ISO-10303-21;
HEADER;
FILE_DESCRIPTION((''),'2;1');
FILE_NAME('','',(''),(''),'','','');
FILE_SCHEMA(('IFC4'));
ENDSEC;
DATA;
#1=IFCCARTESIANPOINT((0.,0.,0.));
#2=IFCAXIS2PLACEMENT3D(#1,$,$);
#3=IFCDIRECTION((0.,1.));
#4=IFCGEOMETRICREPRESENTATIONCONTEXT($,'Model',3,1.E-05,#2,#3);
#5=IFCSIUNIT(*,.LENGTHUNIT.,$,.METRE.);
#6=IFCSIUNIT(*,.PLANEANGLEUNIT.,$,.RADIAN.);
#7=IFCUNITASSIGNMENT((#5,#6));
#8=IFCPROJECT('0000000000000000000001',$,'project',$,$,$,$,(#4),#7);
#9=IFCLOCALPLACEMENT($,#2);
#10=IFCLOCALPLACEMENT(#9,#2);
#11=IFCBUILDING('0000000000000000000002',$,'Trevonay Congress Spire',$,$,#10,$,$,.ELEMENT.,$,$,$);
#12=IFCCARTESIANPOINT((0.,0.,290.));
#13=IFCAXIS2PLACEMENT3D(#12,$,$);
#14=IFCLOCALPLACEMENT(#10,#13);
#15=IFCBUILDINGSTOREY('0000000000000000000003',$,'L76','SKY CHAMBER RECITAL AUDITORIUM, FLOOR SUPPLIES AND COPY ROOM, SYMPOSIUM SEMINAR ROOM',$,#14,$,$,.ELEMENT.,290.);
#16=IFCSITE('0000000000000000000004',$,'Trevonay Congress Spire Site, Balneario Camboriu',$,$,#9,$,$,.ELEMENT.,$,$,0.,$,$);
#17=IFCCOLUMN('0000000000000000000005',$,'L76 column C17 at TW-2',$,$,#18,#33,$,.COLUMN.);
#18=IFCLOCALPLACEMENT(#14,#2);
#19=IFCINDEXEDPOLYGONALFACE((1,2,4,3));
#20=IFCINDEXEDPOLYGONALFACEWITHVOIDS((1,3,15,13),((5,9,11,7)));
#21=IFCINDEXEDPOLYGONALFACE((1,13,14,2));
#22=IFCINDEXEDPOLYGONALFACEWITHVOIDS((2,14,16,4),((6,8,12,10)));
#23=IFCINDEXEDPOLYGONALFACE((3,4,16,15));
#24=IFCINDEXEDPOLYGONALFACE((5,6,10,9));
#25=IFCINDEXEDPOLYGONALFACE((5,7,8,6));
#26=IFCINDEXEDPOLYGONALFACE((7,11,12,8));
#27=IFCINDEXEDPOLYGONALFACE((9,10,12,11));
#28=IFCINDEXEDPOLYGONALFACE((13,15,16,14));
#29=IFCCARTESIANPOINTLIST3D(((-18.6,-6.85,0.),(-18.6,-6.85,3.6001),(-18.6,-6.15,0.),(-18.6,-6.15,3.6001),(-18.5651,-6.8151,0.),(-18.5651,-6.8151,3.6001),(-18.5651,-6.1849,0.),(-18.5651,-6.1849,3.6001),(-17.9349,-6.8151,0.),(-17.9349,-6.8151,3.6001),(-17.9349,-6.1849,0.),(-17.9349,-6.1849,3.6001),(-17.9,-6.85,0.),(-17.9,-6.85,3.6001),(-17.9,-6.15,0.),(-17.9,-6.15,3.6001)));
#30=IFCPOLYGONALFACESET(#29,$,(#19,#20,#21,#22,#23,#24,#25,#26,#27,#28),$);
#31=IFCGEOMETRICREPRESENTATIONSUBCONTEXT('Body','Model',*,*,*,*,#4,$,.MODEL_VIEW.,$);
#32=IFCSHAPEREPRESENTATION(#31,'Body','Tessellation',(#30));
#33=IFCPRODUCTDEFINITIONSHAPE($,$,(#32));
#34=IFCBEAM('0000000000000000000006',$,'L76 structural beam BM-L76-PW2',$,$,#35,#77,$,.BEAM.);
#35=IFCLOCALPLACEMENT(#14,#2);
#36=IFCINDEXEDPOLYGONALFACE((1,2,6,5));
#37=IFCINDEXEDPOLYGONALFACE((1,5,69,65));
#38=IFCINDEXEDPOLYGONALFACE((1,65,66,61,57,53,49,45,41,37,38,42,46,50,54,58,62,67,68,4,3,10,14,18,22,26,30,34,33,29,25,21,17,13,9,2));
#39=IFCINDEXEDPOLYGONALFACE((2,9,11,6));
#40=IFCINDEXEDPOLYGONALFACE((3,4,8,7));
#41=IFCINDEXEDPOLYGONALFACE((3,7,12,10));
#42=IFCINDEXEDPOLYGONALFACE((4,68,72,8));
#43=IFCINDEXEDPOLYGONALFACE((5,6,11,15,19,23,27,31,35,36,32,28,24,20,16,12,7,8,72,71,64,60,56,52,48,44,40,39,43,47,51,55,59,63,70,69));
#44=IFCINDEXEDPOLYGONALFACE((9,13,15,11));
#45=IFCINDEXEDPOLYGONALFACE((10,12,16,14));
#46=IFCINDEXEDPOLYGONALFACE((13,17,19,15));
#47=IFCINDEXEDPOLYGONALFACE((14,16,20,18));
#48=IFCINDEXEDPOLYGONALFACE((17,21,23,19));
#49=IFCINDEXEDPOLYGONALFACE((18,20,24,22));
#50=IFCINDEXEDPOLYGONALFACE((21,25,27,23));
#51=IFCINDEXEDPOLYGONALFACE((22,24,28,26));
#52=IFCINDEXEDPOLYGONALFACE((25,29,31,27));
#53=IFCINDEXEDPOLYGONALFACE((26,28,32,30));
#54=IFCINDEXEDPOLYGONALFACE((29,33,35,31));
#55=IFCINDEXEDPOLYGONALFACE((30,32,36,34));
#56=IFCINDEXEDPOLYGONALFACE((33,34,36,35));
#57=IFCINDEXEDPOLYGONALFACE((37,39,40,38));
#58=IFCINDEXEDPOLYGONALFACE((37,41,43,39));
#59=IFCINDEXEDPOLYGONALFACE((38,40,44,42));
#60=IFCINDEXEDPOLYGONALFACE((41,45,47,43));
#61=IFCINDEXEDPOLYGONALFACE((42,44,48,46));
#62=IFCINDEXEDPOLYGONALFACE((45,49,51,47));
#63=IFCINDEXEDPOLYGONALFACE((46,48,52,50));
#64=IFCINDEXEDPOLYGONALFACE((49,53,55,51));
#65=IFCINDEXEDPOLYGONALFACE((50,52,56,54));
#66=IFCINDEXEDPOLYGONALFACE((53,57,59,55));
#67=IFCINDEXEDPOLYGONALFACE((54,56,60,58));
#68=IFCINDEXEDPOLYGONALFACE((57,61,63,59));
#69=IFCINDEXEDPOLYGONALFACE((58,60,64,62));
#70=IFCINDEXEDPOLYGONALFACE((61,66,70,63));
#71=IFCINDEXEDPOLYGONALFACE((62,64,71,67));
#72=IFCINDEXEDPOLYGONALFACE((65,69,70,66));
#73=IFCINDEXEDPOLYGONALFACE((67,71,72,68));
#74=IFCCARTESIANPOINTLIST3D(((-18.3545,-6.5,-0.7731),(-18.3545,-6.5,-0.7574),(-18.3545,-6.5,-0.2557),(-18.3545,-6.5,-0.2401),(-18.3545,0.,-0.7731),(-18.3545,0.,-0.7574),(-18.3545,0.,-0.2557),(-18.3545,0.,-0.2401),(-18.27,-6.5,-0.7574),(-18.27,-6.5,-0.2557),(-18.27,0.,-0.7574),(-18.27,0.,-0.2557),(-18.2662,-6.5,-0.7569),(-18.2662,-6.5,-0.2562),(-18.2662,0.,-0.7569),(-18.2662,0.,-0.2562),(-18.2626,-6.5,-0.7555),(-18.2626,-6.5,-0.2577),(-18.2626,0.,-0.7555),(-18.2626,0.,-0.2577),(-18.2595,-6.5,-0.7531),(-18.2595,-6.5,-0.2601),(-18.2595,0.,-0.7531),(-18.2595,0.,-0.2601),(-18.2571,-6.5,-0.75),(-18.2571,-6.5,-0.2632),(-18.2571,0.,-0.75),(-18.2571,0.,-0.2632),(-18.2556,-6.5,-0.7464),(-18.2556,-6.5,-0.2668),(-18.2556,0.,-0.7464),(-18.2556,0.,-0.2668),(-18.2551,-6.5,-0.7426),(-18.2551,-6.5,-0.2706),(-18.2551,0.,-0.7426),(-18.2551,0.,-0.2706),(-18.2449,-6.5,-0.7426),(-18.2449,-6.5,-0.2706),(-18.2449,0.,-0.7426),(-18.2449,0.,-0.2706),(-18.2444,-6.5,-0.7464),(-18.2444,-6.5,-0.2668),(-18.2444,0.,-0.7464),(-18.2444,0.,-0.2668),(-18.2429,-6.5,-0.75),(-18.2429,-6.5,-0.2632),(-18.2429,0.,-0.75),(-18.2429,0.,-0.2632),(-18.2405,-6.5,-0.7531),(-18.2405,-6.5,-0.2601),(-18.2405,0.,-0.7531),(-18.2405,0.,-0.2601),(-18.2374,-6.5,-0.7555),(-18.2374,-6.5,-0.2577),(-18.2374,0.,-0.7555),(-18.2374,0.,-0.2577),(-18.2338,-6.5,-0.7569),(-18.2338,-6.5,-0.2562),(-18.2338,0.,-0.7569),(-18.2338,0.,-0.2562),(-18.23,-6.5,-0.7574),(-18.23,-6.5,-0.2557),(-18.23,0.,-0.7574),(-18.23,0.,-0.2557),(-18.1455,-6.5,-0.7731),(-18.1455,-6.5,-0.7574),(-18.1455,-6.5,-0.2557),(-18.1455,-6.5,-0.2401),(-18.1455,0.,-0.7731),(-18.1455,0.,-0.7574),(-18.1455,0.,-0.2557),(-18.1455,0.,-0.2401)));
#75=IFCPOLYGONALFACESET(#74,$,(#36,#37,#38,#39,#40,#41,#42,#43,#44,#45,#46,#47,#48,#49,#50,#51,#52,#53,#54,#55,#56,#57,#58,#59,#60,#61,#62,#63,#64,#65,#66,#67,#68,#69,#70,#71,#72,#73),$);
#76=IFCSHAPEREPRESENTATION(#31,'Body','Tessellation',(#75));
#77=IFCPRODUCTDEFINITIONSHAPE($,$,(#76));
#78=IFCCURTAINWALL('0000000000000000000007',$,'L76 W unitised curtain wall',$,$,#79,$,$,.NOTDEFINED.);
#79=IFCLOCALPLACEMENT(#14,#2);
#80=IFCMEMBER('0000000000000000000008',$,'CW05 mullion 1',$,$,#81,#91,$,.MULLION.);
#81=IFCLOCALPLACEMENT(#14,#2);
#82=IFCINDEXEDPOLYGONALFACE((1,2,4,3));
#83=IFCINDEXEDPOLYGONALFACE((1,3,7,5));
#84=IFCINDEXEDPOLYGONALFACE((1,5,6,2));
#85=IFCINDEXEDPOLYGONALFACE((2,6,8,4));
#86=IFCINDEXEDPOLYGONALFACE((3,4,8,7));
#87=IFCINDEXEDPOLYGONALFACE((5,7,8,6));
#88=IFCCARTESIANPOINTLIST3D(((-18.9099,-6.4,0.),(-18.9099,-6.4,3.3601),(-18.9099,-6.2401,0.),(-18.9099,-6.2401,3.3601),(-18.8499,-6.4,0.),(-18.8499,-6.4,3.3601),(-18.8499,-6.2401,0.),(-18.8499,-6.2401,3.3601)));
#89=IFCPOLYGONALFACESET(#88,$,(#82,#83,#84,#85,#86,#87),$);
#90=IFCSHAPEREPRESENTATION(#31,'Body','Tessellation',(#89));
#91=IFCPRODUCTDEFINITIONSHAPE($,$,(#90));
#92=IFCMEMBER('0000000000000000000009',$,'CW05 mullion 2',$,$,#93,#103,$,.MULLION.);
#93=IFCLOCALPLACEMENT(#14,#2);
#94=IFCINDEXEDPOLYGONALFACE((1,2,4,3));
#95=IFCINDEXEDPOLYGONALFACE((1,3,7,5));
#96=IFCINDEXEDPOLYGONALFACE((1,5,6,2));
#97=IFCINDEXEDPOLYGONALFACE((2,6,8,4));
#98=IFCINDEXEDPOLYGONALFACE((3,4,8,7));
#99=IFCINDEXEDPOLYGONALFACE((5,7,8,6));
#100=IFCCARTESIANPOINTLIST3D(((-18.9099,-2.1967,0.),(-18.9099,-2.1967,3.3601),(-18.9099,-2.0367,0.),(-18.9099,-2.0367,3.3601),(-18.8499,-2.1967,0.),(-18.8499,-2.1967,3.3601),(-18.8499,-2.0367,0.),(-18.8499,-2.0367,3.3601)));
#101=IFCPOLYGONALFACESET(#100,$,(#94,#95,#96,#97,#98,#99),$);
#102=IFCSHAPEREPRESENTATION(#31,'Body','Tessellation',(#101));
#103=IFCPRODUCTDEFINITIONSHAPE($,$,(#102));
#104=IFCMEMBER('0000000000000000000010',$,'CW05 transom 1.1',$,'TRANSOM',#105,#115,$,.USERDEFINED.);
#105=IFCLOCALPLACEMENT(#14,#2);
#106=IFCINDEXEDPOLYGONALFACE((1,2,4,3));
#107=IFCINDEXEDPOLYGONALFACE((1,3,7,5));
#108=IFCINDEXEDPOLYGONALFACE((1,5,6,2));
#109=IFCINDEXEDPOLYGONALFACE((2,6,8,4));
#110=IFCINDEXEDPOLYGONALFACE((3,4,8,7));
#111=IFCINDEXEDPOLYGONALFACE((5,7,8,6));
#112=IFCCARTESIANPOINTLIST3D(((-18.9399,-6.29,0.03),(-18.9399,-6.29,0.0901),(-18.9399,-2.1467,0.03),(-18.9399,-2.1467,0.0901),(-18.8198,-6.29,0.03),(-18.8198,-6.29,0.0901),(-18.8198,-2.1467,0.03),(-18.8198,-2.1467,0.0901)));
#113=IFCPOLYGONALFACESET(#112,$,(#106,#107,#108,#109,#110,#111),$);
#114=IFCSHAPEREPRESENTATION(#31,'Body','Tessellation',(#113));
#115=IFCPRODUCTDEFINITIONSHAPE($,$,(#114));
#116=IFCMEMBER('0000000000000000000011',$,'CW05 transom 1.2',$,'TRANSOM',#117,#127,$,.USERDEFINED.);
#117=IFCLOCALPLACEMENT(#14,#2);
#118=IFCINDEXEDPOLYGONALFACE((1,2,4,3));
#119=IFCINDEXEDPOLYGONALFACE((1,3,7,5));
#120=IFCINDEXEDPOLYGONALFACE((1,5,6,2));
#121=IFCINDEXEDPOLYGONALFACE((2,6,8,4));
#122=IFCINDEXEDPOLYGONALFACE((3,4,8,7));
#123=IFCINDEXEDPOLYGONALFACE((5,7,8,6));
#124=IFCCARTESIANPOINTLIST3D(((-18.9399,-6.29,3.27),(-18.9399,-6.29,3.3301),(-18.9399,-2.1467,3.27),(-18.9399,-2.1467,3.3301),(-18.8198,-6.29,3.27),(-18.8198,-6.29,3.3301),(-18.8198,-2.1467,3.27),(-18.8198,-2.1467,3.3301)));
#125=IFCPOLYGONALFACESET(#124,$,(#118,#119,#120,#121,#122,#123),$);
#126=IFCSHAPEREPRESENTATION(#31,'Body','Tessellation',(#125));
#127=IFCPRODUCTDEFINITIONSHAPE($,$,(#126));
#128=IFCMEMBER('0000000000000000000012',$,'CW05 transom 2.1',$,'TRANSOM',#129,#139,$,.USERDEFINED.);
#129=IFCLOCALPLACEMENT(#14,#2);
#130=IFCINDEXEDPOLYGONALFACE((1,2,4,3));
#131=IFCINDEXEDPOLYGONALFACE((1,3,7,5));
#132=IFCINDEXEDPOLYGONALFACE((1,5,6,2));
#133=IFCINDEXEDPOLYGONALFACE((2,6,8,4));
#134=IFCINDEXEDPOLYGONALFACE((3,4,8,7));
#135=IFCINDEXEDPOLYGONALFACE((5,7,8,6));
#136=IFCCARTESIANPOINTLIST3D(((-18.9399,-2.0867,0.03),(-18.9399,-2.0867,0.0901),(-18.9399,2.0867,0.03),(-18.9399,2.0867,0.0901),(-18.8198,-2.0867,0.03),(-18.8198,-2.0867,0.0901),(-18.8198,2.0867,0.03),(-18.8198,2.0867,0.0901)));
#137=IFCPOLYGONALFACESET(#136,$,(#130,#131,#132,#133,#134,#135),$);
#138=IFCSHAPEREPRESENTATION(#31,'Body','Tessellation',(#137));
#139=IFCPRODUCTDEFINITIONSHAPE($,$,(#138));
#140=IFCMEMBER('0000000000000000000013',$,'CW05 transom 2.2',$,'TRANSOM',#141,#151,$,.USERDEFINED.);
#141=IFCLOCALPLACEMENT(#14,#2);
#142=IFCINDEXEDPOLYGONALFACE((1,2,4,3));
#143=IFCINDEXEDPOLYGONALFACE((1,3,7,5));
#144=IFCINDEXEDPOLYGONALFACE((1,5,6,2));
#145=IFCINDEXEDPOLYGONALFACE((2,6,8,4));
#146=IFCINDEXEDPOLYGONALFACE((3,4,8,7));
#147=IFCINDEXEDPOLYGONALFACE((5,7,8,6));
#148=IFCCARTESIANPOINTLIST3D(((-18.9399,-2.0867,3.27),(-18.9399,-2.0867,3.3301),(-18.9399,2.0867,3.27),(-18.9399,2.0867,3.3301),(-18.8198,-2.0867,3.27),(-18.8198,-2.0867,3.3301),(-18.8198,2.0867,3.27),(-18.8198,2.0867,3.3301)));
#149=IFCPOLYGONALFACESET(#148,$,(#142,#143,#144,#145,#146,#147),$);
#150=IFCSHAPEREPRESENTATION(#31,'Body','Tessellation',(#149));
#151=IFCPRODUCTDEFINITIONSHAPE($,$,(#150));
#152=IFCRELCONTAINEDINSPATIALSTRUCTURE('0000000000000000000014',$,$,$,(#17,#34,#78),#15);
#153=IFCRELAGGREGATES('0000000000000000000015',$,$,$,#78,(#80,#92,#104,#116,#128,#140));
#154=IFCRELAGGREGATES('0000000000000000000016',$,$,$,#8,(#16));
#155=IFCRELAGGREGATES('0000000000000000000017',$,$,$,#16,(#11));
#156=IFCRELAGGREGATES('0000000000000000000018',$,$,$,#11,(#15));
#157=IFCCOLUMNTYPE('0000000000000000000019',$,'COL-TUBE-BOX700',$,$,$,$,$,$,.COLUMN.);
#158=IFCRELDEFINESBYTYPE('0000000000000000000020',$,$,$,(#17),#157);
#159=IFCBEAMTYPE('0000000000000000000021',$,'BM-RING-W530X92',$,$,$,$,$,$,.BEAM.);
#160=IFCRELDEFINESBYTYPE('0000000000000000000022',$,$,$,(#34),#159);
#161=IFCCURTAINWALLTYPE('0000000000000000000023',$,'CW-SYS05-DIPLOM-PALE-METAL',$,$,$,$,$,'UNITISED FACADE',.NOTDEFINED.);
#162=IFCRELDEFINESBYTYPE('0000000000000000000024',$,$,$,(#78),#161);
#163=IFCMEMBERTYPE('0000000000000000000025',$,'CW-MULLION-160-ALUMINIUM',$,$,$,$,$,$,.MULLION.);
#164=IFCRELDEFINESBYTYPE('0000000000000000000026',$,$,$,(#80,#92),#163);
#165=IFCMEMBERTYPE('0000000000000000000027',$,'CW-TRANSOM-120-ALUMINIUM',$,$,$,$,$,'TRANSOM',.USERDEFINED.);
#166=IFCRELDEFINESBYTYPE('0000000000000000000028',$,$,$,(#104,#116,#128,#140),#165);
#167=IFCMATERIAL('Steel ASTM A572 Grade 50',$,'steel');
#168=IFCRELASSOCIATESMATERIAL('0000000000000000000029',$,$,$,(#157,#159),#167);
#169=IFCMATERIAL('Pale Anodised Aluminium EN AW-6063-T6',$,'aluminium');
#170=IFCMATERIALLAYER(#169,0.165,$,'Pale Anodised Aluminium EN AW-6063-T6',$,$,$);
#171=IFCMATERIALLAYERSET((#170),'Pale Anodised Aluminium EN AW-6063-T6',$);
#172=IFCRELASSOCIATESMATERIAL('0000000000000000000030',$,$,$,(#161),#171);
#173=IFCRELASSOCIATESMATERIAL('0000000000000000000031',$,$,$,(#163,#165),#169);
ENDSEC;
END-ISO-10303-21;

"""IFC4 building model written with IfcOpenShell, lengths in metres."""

from ifc_helpers import new_model, si_unit, direction, frame, origin, origin_2d, place, context, subcontext, project, spatial, rectangle, hollow_rectangle, i_section, extrude, material, layer, layer_set, material_profile, profile_set, type_object, element, aggregate, save


model = new_model("IFC4")

# Units and contexts
model_context = context("Model", 3, precision=1e-05, world=origin(), true_north=direction((0.0, 1.0)))
body_context = subcontext(model_context, "Body", "Model", "MODEL_VIEW")
ifc_project = project(units=[si_unit("LENGTHUNIT", "METRE"), si_unit("PLANEANGLEUNIT", "RADIAN")], contexts=[model_context])

# Site, building, storey
site_placement = place(None, origin())
site = spatial("IfcSite", under=ifc_project, at=site_placement, Name="Trevonay Congress Spire Site, Balneario Camboriu", CompositionType="ELEMENT", RefElevation=0.0)
building_placement = place(site_placement, origin())
building = spatial("IfcBuilding", under=site, at=building_placement, Name="Trevonay Congress Spire", CompositionType="ELEMENT")
storey_placement = place(building_placement, frame((0.0, 0.0, 290.0)))
storey = spatial("IfcBuildingStorey", under=building, at=storey_placement, Name="L76", Description="SKY CHAMBER RECITAL AUDITORIUM, FLOOR SUPPLIES AND COPY ROOM, SYMPOSIUM SEMINAR ROOM", CompositionType="ELEMENT", Elevation=290.0)

# Column
ifc_material_1 = material(Name="Steel ASTM A572 Grade 50", Category="steel")
ifc_material_profile_1 = material_profile(ifc_material_1, hollow_rectangle(XDim=0.7, YDim=0.7, WallThickness=0.0349, at=origin_2d()), Name="BOX 700x700x35")
ifc_profile_set_1 = profile_set([ifc_material_profile_1], Name="Steel ASTM A572 Grade 50")
column_type = type_object("IfcColumnType", Name="COL-TUBE-BOX700", PredefinedType="COLUMN", material=ifc_profile_set_1)
column_placement = place(storey_placement, frame((-18.25, -6.5, 0.0), z_axis=(0.0, 0.0, 1.0), x_axis=(1.0, 0.0, 0.0)))
element("IfcColumn", 1, at=column_placement, inside=storey, type_object=column_type, Name="L76 column C17 at TW-2", PredefinedType="COLUMN", context=body_context, shape_type="SweptSolid", body=[
    extrude(hollow_rectangle(XDim=0.7, YDim=0.7, WallThickness=0.0349, at=origin_2d()), origin(), (0.0, 0.0, 1.0), 3.6001),
])

# Beam
ifc_material_profile_2 = material_profile(ifc_material_1, i_section(OverallWidth=0.209, OverallDepth=0.533, WebThickness=0.0103, FlangeThickness=0.0156, FilletRadius=0.0149, at=origin_2d()), Name="W530x92")
ifc_profile_set_2 = profile_set([ifc_material_profile_2], Name="Steel ASTM A572 Grade 50")
beam_type_1 = type_object("IfcBeamType", Name="BM-RING-W530X92", PredefinedType="BEAM", material=ifc_profile_set_2)
beam_1_placement = place(storey_placement, frame((-18.25, -6.5, -0.5066), z_axis=(0.0, 1.0, 0.0), x_axis=(-1.0, 0.0, 0.0)))
element("IfcBeam", 2, at=beam_1_placement, inside=storey, type_object=beam_type_1, Name="L76 structural beam BM-L76-PW2", PredefinedType="BEAM", context=body_context, shape_type="SweptSolid", body=[
    extrude(i_section(OverallWidth=0.209, OverallDepth=0.533, WebThickness=0.0103, FlangeThickness=0.0156, FilletRadius=0.0149, at=origin_2d()), origin(), (0.0, 0.0, 1.0), 6.5),
])

# Curtain wall, members
ifc_material_2 = material(Name="Pale Anodised Aluminium EN AW-6063-T6", Category="aluminium")
ifc_layer_1 = layer(ifc_material_2, 0.165, Name="Pale Anodised Aluminium EN AW-6063-T6")
ifc_layer_set_1 = layer_set([ifc_layer_1], Name="Pale Anodised Aluminium EN AW-6063-T6")
curtain_wall_type = type_object("IfcCurtainWallType", Name="CW-SYS05-DIPLOM-PALE-METAL", ElementType="UNITISED FACADE", PredefinedType="NOTDEFINED", material=ifc_layer_set_1)
curtain_wall_placement = place(storey_placement, origin())
curtain_wall = element("IfcCurtainWall", 3, at=curtain_wall_placement, inside=storey, type_object=curtain_wall_type, Name="L76 W unitised curtain wall", PredefinedType="NOTDEFINED")
ifc_material_profile_3 = material_profile(ifc_material_2, rectangle(XDim=0.0601, YDim=0.1599, at=origin_2d()), Name="CW-MULLION-160-ALUMINIUM")
ifc_profile_set_3 = profile_set([ifc_material_profile_3], Name="Pale Anodised Aluminium EN AW-6063-T6")
member_type_1 = type_object("IfcMemberType", Name="CW-MULLION-160-ALUMINIUM", PredefinedType="MULLION", material=ifc_profile_set_3)
member_1_placement = place(storey_placement, frame((-18.8799, -6.3201, 0.0), z_axis=(0.0, 0.0, 1.0), x_axis=(-1.0, 0.0, 0.0)))
member_1 = element("IfcMember", 4, at=member_1_placement, type_object=member_type_1, Name="CW05 mullion 1", PredefinedType="MULLION", context=body_context, shape_type="SweptSolid", body=[
    extrude(rectangle(XDim=0.0601, YDim=0.1599, at=origin_2d()), origin(), (0.0, 0.0, 1.0), 3.3601),
])
member_2_placement = place(storey_placement, frame((-18.8799, -2.1167, 0.0), z_axis=(0.0, 0.0, 1.0), x_axis=(-1.0, 0.0, 0.0)))
member_2 = element("IfcMember", 5, at=member_2_placement, type_object=member_type_1, Name="CW05 mullion 2", PredefinedType="MULLION", context=body_context, shape_type="SweptSolid", body=[
    extrude(rectangle(XDim=0.0601, YDim=0.1599, at=origin_2d()), origin(), (0.0, 0.0, 1.0), 3.3601),
])
ifc_material_profile_4 = material_profile(ifc_material_2, rectangle(XDim=0.1201, YDim=0.0601, at=origin_2d()), Name="CW-TRANSOM-120-ALUMINIUM")
ifc_profile_set_4 = profile_set([ifc_material_profile_4], Name="Pale Anodised Aluminium EN AW-6063-T6")
member_type_2 = type_object("IfcMemberType", Name="CW-TRANSOM-120-ALUMINIUM", ElementType="TRANSOM", PredefinedType="USERDEFINED", material=ifc_profile_set_4)
member_3_placement = place(storey_placement, frame((-18.8799, -6.29, 0.0601), z_axis=(0.0, 1.0, 0.0), x_axis=(-1.0, 0.0, 0.0)))
member_3 = element("IfcMember", 6, at=member_3_placement, type_object=member_type_2, Name="CW05 transom 1.1", ObjectType="TRANSOM", PredefinedType="USERDEFINED", context=body_context, shape_type="SweptSolid", body=[
    extrude(rectangle(XDim=0.1201, YDim=0.0601, at=origin_2d()), origin(), (0.0, 0.0, 1.0), 4.1433),
])
member_4_placement = place(storey_placement, frame((-18.8799, -6.29, 3.3), z_axis=(0.0, 1.0, 0.0), x_axis=(-1.0, 0.0, 0.0)))
member_4 = element("IfcMember", 7, at=member_4_placement, type_object=member_type_2, Name="CW05 transom 1.2", ObjectType="TRANSOM", PredefinedType="USERDEFINED", context=body_context, shape_type="SweptSolid", body=[
    extrude(rectangle(XDim=0.1201, YDim=0.0601, at=origin_2d()), origin(), (0.0, 0.0, 1.0), 4.1433),
])
member_5_placement = place(storey_placement, frame((-18.8799, -2.0867, 0.0601), z_axis=(0.0, 1.0, 0.0), x_axis=(-1.0, 0.0, 0.0)))
member_5 = element("IfcMember", 8, at=member_5_placement, type_object=member_type_2, Name="CW05 transom 2.1", ObjectType="TRANSOM", PredefinedType="USERDEFINED", context=body_context, shape_type="SweptSolid", body=[
    extrude(rectangle(XDim=0.1201, YDim=0.0601, at=origin_2d()), origin(), (0.0, 0.0, 1.0), 4.1733),
])
member_6_placement = place(storey_placement, frame((-18.8799, -2.0867, 3.3), z_axis=(0.0, 1.0, 0.0), x_axis=(-1.0, 0.0, 0.0)))
member_6 = element("IfcMember", 9, at=member_6_placement, type_object=member_type_2, Name="CW05 transom 2.2", ObjectType="TRANSOM", PredefinedType="USERDEFINED", context=body_context, shape_type="SweptSolid", body=[
    extrude(rectangle(XDim=0.1201, YDim=0.0601, at=origin_2d()), origin(), (0.0, 0.0, 1.0), 4.1733),
])

aggregate(curtain_wall, [member_1, member_2, member_3, member_4, member_5, member_6])

save(model, "model.ifc")
